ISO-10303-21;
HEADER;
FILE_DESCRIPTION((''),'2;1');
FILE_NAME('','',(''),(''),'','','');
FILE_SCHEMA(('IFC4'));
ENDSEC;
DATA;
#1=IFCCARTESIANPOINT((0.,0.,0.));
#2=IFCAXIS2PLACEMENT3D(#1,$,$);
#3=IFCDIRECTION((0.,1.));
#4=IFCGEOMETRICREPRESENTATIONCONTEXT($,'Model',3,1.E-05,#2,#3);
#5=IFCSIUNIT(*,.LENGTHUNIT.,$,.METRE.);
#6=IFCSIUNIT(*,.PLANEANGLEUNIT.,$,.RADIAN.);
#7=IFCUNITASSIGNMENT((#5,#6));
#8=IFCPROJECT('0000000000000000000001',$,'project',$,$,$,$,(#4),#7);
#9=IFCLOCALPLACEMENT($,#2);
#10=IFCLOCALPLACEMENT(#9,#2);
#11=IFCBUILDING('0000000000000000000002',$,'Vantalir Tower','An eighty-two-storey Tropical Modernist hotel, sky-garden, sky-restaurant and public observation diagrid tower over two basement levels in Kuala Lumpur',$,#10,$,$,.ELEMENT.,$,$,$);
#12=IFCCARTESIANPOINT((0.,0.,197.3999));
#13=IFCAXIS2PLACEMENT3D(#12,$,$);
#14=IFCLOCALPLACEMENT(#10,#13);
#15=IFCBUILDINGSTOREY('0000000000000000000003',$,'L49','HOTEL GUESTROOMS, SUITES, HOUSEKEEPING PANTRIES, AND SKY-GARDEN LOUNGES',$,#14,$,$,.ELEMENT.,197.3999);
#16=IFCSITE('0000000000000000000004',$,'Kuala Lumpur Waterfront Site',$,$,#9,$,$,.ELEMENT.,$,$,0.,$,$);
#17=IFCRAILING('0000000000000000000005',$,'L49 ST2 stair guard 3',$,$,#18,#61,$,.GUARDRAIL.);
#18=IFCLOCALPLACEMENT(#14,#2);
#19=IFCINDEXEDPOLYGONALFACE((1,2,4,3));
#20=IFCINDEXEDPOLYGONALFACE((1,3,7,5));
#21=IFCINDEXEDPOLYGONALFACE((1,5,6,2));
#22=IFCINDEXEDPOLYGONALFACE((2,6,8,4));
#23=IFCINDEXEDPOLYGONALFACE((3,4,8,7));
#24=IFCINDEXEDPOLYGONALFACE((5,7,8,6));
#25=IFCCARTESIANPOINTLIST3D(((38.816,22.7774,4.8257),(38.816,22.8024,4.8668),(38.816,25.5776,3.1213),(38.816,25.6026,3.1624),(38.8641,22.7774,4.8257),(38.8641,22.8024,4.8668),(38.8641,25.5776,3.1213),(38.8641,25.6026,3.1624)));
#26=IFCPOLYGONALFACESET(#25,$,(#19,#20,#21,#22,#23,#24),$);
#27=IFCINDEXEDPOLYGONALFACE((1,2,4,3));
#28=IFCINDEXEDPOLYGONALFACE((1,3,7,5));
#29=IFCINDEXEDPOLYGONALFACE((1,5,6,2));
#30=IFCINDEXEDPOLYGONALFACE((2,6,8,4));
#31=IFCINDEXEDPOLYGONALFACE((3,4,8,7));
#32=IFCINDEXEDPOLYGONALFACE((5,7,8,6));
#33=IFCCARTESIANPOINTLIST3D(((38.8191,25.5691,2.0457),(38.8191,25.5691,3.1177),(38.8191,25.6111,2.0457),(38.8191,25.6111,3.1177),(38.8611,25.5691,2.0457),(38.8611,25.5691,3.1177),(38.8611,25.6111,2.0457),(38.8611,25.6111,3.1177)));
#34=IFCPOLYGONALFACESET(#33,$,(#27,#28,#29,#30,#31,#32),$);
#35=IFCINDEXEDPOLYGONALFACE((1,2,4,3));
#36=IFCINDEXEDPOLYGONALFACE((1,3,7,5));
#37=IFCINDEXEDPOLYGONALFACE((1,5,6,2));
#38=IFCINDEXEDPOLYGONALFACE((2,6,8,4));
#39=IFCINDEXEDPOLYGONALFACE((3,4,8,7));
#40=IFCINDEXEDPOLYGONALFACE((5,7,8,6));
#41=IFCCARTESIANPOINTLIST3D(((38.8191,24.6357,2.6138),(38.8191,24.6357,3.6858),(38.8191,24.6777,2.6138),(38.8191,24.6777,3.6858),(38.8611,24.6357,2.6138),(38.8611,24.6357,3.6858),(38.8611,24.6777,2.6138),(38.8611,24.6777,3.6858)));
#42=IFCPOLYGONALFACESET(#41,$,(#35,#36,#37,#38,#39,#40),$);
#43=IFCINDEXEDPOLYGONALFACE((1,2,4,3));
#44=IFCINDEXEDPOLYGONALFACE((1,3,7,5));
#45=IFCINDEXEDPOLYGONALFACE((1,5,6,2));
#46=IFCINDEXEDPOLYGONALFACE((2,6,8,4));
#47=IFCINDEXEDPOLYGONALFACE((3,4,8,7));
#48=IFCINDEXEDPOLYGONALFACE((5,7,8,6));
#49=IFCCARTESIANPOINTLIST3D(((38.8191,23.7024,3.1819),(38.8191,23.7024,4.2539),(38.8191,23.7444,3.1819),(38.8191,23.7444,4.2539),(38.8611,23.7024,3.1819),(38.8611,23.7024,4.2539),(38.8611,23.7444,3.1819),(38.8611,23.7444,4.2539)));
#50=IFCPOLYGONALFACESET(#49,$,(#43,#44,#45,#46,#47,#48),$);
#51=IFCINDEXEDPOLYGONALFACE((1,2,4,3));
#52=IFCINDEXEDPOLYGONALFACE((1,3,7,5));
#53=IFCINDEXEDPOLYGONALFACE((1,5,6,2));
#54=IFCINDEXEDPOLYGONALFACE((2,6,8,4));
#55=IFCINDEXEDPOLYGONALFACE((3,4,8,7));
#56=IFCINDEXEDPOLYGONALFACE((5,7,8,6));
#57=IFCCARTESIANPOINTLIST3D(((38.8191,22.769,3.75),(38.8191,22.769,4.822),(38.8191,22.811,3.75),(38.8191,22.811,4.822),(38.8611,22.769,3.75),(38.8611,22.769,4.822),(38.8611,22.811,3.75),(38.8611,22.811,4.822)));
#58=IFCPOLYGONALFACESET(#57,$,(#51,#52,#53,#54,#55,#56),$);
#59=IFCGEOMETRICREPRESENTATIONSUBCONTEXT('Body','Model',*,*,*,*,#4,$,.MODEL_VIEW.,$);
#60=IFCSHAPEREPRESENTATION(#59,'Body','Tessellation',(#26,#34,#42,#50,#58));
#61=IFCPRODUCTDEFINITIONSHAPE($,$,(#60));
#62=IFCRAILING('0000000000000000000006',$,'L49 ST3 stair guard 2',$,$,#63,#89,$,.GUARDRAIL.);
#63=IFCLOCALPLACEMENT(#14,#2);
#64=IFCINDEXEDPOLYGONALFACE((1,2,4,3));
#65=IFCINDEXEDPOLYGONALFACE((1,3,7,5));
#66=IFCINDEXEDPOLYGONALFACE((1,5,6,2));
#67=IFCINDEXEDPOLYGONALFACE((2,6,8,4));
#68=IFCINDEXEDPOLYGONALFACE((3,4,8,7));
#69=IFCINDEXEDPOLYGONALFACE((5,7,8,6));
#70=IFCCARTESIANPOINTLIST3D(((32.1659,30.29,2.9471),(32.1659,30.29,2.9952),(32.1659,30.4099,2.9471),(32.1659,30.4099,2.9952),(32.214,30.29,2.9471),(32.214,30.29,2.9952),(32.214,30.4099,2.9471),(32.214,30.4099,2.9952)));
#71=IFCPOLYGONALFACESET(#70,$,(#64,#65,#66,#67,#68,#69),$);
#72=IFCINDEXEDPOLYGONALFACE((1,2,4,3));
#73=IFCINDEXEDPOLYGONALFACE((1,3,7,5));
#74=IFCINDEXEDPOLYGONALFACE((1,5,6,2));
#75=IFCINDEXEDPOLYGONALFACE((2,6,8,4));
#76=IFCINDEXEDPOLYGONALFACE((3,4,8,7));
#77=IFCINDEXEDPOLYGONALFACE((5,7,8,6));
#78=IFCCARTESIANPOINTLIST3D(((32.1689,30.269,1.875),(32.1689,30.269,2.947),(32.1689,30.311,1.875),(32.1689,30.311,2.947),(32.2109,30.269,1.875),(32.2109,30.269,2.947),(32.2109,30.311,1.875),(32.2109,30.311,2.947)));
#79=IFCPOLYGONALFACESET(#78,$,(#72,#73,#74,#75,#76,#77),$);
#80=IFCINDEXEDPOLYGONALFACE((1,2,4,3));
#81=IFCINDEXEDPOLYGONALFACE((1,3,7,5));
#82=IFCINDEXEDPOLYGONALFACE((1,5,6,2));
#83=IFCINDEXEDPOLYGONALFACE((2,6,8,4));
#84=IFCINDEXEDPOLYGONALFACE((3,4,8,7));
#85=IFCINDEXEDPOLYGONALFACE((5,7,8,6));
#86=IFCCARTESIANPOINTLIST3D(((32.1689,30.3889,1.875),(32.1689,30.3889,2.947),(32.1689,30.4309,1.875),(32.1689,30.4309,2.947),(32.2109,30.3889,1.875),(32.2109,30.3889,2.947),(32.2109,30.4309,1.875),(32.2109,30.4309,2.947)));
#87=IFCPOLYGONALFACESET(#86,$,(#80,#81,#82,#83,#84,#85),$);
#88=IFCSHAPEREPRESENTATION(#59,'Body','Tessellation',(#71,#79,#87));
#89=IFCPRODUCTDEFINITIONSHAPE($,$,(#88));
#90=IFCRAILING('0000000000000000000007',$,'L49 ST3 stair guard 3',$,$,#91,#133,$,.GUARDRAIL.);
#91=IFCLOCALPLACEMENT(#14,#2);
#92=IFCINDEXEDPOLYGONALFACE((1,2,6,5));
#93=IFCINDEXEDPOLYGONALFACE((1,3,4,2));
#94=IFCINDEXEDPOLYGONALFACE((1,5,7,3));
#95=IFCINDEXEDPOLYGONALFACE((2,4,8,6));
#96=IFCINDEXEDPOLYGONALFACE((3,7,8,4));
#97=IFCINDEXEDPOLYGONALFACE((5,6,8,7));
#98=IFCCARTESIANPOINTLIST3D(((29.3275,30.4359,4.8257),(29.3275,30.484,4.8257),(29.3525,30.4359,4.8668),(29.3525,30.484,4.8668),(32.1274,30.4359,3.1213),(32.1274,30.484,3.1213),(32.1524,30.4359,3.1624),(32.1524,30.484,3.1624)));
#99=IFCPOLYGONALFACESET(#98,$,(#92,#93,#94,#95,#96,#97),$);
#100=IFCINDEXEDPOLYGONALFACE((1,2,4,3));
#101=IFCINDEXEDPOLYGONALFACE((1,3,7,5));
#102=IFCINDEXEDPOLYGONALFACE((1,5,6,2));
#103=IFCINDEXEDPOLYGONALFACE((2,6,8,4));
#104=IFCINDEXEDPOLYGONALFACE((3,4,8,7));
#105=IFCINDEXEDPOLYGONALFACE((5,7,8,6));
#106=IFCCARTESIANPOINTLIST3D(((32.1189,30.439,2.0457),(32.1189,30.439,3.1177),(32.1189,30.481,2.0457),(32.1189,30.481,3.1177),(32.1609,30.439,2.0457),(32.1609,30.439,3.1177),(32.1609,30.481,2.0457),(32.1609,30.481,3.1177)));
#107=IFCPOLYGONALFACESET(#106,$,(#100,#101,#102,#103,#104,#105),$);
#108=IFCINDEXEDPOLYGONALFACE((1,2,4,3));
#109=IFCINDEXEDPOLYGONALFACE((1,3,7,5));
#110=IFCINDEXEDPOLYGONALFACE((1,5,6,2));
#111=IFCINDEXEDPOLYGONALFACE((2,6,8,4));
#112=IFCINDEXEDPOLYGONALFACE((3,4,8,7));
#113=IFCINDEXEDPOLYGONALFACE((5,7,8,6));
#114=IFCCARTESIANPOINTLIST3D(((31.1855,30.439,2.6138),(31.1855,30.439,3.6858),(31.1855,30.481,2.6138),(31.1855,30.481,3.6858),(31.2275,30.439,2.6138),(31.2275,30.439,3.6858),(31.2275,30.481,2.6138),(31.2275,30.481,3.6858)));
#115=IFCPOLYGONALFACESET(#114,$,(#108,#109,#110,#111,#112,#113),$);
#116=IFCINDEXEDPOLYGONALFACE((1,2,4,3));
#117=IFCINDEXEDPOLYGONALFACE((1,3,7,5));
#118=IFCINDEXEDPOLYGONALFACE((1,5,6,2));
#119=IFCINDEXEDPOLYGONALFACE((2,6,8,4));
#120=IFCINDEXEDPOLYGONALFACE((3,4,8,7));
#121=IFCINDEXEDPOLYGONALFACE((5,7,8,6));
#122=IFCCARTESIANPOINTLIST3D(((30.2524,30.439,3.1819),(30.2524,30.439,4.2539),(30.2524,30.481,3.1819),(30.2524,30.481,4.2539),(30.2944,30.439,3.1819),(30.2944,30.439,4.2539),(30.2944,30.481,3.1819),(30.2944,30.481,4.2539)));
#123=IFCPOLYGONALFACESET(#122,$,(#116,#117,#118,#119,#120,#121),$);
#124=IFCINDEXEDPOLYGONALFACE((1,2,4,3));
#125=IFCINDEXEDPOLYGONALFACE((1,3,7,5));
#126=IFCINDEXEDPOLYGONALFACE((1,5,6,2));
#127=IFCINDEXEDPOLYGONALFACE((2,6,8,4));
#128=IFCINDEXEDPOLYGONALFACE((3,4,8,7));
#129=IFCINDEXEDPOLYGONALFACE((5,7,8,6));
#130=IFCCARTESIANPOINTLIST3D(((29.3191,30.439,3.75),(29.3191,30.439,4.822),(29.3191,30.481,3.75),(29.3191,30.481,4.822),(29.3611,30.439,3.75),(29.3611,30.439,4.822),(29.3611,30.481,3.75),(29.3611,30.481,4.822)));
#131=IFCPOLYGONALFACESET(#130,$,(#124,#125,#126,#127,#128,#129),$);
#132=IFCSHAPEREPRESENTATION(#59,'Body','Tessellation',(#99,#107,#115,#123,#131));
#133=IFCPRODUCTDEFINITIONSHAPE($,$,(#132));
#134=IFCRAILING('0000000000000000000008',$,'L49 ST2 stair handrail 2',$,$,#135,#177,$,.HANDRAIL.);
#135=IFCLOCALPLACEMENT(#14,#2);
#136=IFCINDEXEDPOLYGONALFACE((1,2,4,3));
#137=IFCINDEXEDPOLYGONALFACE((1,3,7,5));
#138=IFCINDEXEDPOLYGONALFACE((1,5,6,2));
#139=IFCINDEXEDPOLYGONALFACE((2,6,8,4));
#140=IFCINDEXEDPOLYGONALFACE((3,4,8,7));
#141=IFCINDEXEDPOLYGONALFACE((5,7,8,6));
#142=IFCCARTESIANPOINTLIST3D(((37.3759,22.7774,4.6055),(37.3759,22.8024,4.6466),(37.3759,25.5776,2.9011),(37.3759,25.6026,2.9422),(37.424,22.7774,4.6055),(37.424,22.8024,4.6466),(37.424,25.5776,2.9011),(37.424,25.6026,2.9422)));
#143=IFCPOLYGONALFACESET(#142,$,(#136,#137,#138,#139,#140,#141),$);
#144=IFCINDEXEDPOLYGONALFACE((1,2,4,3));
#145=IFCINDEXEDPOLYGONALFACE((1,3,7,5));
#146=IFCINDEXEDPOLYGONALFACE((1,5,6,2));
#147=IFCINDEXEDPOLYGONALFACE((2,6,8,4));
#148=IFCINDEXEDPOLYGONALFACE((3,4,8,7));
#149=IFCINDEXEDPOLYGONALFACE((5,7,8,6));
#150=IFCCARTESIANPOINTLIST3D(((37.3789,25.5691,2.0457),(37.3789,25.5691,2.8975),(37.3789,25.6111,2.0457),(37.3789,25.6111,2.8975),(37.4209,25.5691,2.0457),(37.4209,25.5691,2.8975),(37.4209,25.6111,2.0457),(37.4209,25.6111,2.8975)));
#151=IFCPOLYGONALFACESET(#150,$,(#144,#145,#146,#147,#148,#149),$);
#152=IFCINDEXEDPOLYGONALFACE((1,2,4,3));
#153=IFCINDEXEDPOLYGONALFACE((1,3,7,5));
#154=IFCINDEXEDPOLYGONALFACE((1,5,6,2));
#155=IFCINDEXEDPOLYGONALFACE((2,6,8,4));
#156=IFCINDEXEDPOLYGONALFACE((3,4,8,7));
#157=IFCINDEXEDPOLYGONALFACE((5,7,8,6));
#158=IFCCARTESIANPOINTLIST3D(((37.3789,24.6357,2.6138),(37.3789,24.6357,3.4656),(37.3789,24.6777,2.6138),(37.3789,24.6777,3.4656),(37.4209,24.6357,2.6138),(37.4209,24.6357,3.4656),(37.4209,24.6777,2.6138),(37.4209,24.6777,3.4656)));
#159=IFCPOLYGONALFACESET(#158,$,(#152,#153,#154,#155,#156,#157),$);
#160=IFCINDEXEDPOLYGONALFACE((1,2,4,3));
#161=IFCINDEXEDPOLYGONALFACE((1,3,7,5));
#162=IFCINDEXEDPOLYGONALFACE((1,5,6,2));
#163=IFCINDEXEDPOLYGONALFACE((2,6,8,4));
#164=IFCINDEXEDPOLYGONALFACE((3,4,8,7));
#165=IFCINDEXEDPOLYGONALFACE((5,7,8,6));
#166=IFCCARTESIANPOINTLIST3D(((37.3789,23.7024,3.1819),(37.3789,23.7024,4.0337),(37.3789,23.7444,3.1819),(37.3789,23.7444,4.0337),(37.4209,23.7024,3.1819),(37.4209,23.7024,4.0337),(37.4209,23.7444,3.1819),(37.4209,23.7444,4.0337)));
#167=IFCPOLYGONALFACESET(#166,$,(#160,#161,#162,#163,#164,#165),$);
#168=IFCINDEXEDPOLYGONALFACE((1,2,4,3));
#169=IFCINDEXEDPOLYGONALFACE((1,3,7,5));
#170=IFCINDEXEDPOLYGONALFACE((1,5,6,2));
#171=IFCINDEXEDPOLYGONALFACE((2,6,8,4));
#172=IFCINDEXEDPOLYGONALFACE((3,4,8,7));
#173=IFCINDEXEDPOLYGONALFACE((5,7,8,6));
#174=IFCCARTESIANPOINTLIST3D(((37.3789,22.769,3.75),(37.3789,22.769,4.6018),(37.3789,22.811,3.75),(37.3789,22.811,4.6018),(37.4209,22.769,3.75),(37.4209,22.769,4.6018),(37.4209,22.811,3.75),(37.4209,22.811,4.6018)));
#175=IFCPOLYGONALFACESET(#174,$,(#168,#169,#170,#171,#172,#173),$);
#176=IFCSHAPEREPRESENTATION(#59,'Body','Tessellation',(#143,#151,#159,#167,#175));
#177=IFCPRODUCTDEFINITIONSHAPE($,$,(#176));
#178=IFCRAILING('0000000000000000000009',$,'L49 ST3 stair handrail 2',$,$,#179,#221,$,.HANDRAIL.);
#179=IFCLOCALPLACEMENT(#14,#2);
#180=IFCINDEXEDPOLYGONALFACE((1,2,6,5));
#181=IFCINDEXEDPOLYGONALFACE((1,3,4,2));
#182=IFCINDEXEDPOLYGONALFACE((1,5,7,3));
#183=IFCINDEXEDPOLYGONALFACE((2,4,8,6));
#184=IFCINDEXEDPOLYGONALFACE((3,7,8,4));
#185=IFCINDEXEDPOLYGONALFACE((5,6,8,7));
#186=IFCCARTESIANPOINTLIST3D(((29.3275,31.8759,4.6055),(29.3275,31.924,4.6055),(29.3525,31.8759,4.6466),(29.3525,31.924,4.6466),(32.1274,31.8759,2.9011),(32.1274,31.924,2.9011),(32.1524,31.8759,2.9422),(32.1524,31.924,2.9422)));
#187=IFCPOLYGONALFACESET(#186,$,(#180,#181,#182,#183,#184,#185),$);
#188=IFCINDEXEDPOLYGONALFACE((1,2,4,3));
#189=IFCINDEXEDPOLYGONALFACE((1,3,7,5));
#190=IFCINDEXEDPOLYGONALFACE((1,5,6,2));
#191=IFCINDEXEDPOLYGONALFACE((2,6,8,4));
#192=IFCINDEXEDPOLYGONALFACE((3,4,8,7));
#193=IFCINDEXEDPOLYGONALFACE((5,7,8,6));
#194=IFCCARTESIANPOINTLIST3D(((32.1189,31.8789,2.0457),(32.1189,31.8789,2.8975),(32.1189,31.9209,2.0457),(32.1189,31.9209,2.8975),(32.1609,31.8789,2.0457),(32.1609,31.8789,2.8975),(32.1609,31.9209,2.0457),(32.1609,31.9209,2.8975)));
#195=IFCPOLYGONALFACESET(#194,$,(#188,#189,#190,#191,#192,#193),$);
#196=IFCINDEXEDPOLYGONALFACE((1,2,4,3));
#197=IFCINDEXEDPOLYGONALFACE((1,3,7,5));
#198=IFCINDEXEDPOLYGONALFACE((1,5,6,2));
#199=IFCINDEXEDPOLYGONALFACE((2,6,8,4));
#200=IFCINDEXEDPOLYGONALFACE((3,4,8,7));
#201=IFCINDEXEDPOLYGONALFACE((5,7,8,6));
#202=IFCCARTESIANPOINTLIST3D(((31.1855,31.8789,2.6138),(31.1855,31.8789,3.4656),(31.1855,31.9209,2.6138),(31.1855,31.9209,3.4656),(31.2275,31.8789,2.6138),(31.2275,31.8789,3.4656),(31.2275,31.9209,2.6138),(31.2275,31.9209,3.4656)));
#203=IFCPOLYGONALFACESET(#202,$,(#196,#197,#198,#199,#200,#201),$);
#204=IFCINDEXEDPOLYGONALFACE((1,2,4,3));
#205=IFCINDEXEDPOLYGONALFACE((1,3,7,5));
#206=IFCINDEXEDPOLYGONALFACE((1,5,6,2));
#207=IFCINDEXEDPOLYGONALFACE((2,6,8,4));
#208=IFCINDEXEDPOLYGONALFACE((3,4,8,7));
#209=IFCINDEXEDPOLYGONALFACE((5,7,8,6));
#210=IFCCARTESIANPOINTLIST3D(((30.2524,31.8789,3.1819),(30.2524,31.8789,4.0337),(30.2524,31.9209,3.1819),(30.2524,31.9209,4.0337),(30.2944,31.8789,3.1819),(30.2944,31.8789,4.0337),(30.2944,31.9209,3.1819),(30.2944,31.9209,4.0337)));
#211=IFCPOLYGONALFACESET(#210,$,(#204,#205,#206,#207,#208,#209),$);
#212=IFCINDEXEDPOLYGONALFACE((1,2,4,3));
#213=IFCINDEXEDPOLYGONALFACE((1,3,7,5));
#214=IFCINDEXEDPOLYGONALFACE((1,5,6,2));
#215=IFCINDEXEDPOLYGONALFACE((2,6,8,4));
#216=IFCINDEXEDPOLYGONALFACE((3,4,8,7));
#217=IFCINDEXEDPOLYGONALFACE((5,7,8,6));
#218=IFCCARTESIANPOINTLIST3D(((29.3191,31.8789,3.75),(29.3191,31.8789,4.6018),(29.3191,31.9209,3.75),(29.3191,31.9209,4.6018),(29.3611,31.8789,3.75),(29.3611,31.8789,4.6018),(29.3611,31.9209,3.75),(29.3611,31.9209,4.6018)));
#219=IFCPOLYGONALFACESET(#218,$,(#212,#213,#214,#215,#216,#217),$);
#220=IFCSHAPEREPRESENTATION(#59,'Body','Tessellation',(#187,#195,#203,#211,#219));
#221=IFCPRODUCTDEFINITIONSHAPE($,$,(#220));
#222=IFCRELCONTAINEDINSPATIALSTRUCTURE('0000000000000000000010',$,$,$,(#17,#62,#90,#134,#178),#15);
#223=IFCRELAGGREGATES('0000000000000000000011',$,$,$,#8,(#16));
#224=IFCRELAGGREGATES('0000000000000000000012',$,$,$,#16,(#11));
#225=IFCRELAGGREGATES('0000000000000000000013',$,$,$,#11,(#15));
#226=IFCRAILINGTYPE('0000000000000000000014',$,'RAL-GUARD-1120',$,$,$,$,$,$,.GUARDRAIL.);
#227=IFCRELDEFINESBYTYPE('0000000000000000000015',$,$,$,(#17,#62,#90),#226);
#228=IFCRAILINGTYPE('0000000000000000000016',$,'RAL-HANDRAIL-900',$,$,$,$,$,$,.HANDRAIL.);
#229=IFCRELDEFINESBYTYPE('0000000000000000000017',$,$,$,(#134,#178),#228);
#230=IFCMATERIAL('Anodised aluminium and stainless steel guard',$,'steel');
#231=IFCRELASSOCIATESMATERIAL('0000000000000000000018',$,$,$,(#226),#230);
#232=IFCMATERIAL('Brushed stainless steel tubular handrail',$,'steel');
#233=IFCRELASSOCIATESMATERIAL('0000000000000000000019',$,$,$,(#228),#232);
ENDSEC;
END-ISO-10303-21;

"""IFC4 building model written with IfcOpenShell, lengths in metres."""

from ifc_helpers import new_model, si_unit, direction, frame, origin, origin_2d, place, context, subcontext, project, spatial, rectangle, extrude, material, type_object, element, save


model = new_model("IFC4")

# Units and contexts
model_context = context("Model", 3, precision=1e-05, world=origin(), true_north=direction((0.0, 1.0)))
body_context = subcontext(model_context, "Body", "Model", "MODEL_VIEW")
ifc_project = project(units=[si_unit("LENGTHUNIT", "METRE"), si_unit("PLANEANGLEUNIT", "RADIAN")], contexts=[model_context])

# Site, building, storey
site_placement = place(None, origin())
site = spatial("IfcSite", under=ifc_project, at=site_placement, Name="Kuala Lumpur Waterfront Site", CompositionType="ELEMENT", RefElevation=0.0)
building_placement = place(site_placement, origin())
building = spatial("IfcBuilding", under=site, at=building_placement, Name="Vantalir Tower", Description="An eighty-two-storey Tropical Modernist hotel, sky-garden, sky-restaurant and public observation diagrid tower over two basement levels in Kuala Lumpur", CompositionType="ELEMENT")
storey_placement = place(building_placement, frame((0.0, 0.0, 197.3999)))
storey = spatial("IfcBuildingStorey", under=building, at=storey_placement, Name="L49", Description="HOTEL GUESTROOMS, SUITES, HOUSEKEEPING PANTRIES, AND SKY-GARDEN LOUNGES", CompositionType="ELEMENT", Elevation=197.3999)

# Railings
ifc_material_1 = material(Name="Anodised aluminium and stainless steel guard", Category="steel")
railing_type_1 = type_object("IfcRailingType", Name="RAL-GUARD-1120", PredefinedType="GUARDRAIL", material=ifc_material_1)
railing_1_placement = place(storey_placement, frame((38.8401, 25.5901, 2.0457)))
element("IfcRailing", 1, at=railing_1_placement, inside=storey, type_object=railing_type_1, Name="L49 ST2 stair guard 3", PredefinedType="GUARDRAIL", context=body_context, shape_type="SweptSolid", body=[
    extrude(rectangle(XDim=0.0481, YDim=0.0481, at=origin_2d()), frame((0.0, 0.0, 1.0962), z_axis=(0.0, -0.854203, 0.51994), x_axis=(1.0, 0.0, 0.0)), (0.0, 0.0, 1.0), 3.2781),
    extrude(rectangle(XDim=0.042, YDim=0.042, at=origin_2d()), origin(), (0.0, 0.0, 1.0), 1.072),
    extrude(rectangle(XDim=0.042, YDim=0.042, at=origin_2d()), frame((0.0, -0.9333, 0.5681)), (0.0, 0.0, 1.0), 1.072),
    extrude(rectangle(XDim=0.042, YDim=0.042, at=origin_2d()), frame((0.0, -1.8667, 1.1362)), (0.0, 0.0, 1.0), 1.072),
    extrude(rectangle(XDim=0.042, YDim=0.042, at=origin_2d()), frame((0.0, -2.8, 1.7043)), (0.0, 0.0, 1.0), 1.072),
])
railing_2_placement = place(storey_placement, frame((32.1899, 30.29, 1.875)))
element("IfcRailing", 2, at=railing_2_placement, inside=storey, type_object=railing_type_1, Name="L49 ST3 stair guard 2", PredefinedType="GUARDRAIL", context=body_context, shape_type="SweptSolid", body=[
    extrude(rectangle(XDim=0.0481, YDim=0.0481, at=origin_2d()), frame((0.0, 0.0, 1.0962), z_axis=(0.0, 1.0, 0.0), x_axis=(-1.0, 0.0, 0.0)), (0.0, 0.0, 1.0), 0.1199),
    extrude(rectangle(XDim=0.042, YDim=0.042, at=origin_2d()), origin(), (0.0, 0.0, 1.0), 1.072),
    extrude(rectangle(XDim=0.042, YDim=0.042, at=origin_2d()), frame((0.0, 0.1199, 0.0)), (0.0, 0.0, 1.0), 1.072),
])
railing_3_placement = place(storey_placement, frame((32.1399, 30.46, 2.0457)))
element("IfcRailing", 3, at=railing_3_placement, inside=storey, type_object=railing_type_1, Name="L49 ST3 stair guard 3", PredefinedType="GUARDRAIL", context=body_context, shape_type="SweptSolid", body=[
    extrude(rectangle(XDim=0.0481, YDim=0.0481, at=origin_2d()), frame((0.0, 0.0, 1.0962), z_axis=(-0.854183, 0.0, 0.519973), x_axis=(0.0, -1.0, 0.0)), (0.0, 0.0, 1.0), 3.2778),
    extrude(rectangle(XDim=0.042, YDim=0.042, at=origin_2d()), origin(), (0.0, 0.0, 1.0), 1.072),
    extrude(rectangle(XDim=0.042, YDim=0.042, at=origin_2d()), frame((-0.9333, 0.0, 0.5681)), (0.0, 0.0, 1.0), 1.072),
    extrude(rectangle(XDim=0.042, YDim=0.042, at=origin_2d()), frame((-1.8665, 0.0, 1.1362)), (0.0, 0.0, 1.0), 1.072),
    extrude(rectangle(XDim=0.042, YDim=0.042, at=origin_2d()), frame((-2.7998, 0.0, 1.7043)), (0.0, 0.0, 1.0), 1.072),
])
ifc_material_2 = material(Name="Brushed stainless steel tubular handrail", Category="steel")
railing_type_2 = type_object("IfcRailingType", Name="RAL-HANDRAIL-900", PredefinedType="HANDRAIL", material=ifc_material_2)
railing_4_placement = place(storey_placement, frame((37.3999, 25.5901, 2.0457)))
element("IfcRailing", 4, at=railing_4_placement, inside=storey, type_object=railing_type_2, Name="L49 ST2 stair handrail 2", PredefinedType="HANDRAIL", context=body_context, shape_type="SweptSolid", body=[
    extrude(rectangle(XDim=0.0481, YDim=0.0481, at=origin_2d()), frame((0.0, 0.0, 0.876), z_axis=(0.0, -0.854203, 0.51994), x_axis=(1.0, 0.0, 0.0)), (0.0, 0.0, 1.0), 3.2781),
    extrude(rectangle(XDim=0.042, YDim=0.042, at=origin_2d()), origin(), (0.0, 0.0, 1.0), 0.8518),
    extrude(rectangle(XDim=0.042, YDim=0.042, at=origin_2d()), frame((0.0, -0.9333, 0.5681)), (0.0, 0.0, 1.0), 0.8518),
    extrude(rectangle(XDim=0.042, YDim=0.042, at=origin_2d()), frame((0.0, -1.8667, 1.1362)), (0.0, 0.0, 1.0), 0.8518),
    extrude(rectangle(XDim=0.042, YDim=0.042, at=origin_2d()), frame((0.0, -2.8, 1.7043)), (0.0, 0.0, 1.0), 0.8518),
])
railing_5_placement = place(storey_placement, frame((32.1399, 31.8999, 2.0457)))
element("IfcRailing", 5, at=railing_5_placement, inside=storey, type_object=railing_type_2, Name="L49 ST3 stair handrail 2", PredefinedType="HANDRAIL", context=body_context, shape_type="SweptSolid", body=[
    extrude(rectangle(XDim=0.0481, YDim=0.0481, at=origin_2d()), frame((0.0, 0.0, 0.876), z_axis=(-0.854183, 0.0, 0.519973), x_axis=(0.0, -1.0, 0.0)), (0.0, 0.0, 1.0), 3.2778),
    extrude(rectangle(XDim=0.042, YDim=0.042, at=origin_2d()), origin(), (0.0, 0.0, 1.0), 0.8518),
    extrude(rectangle(XDim=0.042, YDim=0.042, at=origin_2d()), frame((-0.9333, 0.0, 0.5681)), (0.0, 0.0, 1.0), 0.8518),
    extrude(rectangle(XDim=0.042, YDim=0.042, at=origin_2d()), frame((-1.8665, 0.0, 1.1362)), (0.0, 0.0, 1.0), 0.8518),
    extrude(rectangle(XDim=0.042, YDim=0.042, at=origin_2d()), frame((-2.7998, 0.0, 1.7043)), (0.0, 0.0, 1.0), 0.8518),
])

save(model, "model.ifc")
